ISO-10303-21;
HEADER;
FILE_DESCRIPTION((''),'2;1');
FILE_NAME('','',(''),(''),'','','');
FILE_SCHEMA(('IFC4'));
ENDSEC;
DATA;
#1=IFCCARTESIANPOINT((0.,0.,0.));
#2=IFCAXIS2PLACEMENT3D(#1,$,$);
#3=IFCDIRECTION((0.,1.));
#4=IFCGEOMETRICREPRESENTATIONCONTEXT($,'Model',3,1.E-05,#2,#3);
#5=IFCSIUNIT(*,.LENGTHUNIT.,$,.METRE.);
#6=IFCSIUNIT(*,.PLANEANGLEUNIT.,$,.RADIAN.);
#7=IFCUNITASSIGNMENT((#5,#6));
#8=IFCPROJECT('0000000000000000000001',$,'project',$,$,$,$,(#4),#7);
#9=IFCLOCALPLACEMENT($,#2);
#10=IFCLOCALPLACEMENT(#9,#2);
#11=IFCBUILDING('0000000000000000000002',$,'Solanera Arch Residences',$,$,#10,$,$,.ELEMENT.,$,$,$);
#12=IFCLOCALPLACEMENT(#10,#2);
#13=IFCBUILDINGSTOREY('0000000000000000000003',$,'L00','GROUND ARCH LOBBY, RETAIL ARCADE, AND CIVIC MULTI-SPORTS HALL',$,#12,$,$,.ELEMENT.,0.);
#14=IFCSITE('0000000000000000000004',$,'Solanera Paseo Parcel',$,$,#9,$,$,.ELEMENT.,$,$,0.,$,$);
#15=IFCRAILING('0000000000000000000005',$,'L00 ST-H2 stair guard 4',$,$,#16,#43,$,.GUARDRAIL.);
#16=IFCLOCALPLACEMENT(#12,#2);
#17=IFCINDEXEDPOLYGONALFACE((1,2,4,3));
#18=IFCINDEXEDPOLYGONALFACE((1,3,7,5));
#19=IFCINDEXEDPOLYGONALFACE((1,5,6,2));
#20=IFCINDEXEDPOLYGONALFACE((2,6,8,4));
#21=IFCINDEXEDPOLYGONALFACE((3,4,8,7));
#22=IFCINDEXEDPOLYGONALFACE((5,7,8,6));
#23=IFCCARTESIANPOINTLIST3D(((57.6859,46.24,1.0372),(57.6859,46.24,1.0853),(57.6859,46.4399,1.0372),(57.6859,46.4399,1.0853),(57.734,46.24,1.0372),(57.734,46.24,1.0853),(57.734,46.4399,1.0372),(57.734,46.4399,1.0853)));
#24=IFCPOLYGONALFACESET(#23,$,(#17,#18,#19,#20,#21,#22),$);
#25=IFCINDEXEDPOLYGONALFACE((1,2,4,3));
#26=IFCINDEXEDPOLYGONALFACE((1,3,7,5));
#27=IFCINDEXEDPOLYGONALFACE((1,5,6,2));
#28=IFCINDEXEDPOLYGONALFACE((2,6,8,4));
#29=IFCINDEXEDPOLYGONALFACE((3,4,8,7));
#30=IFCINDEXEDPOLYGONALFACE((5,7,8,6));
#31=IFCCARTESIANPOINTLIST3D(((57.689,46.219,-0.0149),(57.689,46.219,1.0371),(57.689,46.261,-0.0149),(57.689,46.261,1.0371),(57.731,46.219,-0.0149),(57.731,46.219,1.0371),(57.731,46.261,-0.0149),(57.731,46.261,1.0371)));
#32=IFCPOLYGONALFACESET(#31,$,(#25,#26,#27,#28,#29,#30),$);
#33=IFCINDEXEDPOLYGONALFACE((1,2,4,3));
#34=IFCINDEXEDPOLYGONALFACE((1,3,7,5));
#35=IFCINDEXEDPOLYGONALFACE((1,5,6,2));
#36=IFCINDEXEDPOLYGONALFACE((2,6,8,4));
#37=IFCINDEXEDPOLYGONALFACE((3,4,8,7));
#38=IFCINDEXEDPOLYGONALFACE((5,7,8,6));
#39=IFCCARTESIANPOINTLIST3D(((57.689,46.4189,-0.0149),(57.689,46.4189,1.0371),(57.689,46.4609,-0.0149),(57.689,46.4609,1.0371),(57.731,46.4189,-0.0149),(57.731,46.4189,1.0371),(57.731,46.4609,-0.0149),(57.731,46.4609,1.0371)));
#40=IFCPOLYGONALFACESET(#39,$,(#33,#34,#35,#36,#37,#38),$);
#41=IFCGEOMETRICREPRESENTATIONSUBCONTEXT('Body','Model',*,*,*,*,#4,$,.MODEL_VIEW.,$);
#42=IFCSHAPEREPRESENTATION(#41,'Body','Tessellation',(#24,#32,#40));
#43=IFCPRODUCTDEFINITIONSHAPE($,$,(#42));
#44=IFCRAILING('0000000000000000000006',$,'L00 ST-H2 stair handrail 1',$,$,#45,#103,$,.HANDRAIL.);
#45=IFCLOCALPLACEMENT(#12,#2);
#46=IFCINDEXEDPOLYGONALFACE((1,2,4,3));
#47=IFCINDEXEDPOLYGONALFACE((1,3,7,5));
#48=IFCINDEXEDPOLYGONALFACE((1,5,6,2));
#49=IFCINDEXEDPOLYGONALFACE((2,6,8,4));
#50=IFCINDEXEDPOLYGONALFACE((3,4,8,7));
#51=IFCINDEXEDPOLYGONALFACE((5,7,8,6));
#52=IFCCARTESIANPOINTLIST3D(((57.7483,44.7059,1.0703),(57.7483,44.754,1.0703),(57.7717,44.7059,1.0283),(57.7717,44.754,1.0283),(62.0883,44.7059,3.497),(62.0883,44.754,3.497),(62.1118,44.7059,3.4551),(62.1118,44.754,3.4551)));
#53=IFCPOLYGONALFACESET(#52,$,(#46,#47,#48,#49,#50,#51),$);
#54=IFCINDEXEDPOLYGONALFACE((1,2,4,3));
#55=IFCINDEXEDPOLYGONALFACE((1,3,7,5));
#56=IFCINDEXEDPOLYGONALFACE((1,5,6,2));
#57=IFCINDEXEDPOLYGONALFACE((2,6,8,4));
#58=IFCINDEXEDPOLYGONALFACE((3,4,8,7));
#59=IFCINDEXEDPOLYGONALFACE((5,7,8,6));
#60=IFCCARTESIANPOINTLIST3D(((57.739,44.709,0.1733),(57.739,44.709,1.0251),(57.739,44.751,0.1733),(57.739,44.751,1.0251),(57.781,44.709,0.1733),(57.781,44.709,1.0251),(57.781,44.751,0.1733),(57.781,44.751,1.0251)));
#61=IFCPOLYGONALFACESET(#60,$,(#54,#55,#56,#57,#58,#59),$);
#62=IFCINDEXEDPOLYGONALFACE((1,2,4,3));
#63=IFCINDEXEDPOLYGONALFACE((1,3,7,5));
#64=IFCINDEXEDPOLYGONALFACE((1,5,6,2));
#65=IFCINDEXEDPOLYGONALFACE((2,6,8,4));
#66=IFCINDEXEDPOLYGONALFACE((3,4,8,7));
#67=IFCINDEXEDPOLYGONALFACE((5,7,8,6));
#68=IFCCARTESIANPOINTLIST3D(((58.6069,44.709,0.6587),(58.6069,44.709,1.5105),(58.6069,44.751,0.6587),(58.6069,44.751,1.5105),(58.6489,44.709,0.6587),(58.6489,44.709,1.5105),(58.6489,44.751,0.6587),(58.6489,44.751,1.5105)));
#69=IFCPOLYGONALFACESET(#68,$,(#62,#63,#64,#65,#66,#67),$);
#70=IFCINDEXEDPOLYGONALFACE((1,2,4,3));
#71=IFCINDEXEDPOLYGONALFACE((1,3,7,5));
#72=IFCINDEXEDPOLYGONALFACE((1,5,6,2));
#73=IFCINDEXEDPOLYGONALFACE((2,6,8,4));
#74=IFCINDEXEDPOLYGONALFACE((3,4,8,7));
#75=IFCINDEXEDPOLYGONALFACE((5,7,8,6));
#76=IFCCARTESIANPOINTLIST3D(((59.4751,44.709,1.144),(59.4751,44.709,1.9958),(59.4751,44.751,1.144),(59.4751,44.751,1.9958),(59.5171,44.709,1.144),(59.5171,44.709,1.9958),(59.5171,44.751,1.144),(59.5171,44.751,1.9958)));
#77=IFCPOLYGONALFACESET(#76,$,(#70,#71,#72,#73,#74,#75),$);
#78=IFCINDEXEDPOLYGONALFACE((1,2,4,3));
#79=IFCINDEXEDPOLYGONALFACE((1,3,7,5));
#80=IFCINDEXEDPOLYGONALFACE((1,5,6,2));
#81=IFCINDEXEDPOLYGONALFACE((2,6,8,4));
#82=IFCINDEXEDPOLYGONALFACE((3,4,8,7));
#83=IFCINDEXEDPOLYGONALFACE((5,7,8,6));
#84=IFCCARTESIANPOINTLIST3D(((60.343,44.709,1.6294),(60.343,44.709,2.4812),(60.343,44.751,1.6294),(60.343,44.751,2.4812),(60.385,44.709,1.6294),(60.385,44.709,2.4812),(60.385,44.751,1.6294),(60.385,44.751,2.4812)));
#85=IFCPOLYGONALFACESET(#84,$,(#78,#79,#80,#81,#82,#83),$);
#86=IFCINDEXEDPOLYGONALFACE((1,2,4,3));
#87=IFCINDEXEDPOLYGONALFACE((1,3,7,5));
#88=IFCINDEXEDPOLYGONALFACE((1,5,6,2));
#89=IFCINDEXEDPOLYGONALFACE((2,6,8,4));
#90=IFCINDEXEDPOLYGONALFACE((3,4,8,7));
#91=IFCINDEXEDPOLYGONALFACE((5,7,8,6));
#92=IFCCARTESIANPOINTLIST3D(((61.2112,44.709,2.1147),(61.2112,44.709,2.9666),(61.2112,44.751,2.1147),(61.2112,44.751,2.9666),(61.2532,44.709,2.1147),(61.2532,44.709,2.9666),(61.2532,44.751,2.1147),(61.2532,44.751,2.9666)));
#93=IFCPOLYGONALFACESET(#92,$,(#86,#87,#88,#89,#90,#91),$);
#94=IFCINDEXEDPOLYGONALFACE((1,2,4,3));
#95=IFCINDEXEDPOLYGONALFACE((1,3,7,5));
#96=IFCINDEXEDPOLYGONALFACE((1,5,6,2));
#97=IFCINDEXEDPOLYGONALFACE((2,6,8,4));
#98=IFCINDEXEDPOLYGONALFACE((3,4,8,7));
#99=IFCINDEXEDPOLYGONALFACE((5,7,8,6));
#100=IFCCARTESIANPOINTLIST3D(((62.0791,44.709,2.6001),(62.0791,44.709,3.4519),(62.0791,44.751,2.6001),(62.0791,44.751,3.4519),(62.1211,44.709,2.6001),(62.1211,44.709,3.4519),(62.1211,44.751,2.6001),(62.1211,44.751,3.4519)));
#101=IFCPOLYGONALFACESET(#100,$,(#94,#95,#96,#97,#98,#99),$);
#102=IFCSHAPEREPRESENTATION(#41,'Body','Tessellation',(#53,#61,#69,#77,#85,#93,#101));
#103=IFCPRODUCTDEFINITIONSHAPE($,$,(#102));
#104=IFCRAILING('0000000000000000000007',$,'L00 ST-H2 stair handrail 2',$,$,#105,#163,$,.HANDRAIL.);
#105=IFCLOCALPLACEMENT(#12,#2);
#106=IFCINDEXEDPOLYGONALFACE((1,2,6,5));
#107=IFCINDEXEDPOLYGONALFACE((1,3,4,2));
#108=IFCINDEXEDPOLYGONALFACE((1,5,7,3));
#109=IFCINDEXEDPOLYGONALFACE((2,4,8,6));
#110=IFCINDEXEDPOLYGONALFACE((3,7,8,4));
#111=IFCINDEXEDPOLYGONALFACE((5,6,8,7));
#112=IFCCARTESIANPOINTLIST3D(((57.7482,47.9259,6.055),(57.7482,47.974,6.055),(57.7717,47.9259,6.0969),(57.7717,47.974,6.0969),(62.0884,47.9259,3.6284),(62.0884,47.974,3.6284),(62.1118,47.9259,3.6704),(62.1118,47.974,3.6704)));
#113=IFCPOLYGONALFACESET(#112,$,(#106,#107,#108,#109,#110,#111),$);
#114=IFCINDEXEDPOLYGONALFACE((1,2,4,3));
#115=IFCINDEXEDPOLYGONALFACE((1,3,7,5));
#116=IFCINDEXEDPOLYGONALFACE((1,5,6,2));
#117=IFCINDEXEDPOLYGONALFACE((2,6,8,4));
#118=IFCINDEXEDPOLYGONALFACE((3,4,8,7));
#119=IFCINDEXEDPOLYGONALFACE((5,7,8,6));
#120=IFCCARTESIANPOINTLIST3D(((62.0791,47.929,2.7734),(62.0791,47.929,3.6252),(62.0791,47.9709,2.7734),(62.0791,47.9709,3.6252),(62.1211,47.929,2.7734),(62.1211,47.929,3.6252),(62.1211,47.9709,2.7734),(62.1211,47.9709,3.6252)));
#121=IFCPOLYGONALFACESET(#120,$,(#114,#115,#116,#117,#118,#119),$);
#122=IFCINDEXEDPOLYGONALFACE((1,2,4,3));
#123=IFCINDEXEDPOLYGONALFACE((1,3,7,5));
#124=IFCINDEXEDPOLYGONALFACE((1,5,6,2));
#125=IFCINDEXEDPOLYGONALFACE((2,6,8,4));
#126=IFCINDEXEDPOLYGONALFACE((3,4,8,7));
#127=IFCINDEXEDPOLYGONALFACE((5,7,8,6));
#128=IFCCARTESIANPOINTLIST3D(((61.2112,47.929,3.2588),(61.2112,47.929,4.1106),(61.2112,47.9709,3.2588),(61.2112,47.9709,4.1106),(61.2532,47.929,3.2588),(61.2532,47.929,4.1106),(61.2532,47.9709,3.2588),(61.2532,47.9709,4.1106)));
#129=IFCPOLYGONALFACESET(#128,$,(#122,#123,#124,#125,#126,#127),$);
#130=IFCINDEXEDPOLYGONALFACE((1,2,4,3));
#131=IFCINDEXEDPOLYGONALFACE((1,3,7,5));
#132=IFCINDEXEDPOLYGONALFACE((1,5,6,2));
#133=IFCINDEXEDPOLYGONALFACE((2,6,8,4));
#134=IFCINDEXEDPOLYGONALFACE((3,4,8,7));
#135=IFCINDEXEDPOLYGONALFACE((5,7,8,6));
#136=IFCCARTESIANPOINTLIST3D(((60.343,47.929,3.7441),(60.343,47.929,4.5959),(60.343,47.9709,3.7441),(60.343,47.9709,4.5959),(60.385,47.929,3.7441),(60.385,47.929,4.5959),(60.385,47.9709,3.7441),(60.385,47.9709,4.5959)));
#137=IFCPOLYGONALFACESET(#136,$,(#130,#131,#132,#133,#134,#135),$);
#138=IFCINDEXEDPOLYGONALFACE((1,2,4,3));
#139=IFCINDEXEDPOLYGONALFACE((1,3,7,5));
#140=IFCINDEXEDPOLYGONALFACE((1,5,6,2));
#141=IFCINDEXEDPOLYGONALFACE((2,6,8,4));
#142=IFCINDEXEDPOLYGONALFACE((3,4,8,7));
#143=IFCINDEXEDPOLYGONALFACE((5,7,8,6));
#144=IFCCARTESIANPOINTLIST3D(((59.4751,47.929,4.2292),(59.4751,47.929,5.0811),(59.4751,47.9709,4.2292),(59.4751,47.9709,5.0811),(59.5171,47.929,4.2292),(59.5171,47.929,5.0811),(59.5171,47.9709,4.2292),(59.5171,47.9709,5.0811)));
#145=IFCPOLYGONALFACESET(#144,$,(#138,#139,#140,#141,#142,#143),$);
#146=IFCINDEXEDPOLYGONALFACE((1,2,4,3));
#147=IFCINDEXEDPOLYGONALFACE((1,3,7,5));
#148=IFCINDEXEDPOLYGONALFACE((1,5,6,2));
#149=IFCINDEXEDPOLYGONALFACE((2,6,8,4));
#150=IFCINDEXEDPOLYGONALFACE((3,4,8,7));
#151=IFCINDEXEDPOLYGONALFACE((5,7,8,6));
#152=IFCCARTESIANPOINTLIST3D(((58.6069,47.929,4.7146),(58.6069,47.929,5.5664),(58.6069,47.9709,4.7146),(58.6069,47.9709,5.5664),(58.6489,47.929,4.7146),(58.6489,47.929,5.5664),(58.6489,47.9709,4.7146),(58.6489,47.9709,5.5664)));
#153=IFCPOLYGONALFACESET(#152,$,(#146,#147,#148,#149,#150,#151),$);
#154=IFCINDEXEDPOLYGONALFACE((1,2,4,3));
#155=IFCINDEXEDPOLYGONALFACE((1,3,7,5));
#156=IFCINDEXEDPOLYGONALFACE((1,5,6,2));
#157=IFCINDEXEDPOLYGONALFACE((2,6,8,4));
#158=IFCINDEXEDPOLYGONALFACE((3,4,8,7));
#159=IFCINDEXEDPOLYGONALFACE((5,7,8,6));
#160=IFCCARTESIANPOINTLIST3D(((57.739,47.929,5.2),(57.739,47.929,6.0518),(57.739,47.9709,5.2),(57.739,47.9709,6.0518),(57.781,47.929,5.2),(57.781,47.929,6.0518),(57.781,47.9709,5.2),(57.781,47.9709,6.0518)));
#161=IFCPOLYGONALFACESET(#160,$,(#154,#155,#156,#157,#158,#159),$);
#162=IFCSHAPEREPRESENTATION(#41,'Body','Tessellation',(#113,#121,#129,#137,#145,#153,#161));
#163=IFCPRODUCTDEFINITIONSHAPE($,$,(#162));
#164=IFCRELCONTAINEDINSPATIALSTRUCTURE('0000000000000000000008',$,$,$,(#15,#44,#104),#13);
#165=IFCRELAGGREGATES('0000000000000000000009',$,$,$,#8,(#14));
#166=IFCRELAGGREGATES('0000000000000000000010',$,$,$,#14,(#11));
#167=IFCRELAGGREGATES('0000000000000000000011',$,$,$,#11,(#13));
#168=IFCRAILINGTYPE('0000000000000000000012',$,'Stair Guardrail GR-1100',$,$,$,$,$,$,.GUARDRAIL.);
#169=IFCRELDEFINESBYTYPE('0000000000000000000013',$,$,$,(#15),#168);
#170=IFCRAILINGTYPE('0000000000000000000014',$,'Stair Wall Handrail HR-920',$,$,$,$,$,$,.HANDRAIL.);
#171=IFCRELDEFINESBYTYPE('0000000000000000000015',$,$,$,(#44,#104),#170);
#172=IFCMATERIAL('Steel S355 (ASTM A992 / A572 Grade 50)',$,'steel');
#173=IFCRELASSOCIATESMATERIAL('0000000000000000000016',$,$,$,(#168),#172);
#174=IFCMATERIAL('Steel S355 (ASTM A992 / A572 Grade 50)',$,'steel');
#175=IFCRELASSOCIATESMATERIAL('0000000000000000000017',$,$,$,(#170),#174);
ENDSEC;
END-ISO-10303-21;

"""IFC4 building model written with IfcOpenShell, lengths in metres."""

from ifc_helpers import new_model, si_unit, direction, frame, origin, origin_2d, place, context, subcontext, project, spatial, rectangle, extrude, material, type_object, element, save


model = new_model("IFC4")

# Units and contexts
model_context = context("Model", 3, precision=1e-05, world=origin(), true_north=direction((0.0, 1.0)))
body_context = subcontext(model_context, "Body", "Model", "MODEL_VIEW")
ifc_project = project(units=[si_unit("LENGTHUNIT", "METRE"), si_unit("PLANEANGLEUNIT", "RADIAN")], contexts=[model_context])

# Site, building, storey
site_placement = place(None, origin())
site = spatial("IfcSite", under=ifc_project, at=site_placement, Name="Solanera Paseo Parcel", CompositionType="ELEMENT", RefElevation=0.0)
building_placement = place(site_placement, origin())
building = spatial("IfcBuilding", under=site, at=building_placement, Name="Solanera Arch Residences", CompositionType="ELEMENT")
storey_placement = place(building_placement, origin())
storey = spatial("IfcBuildingStorey", under=building, at=storey_placement, Name="L00", Description="GROUND ARCH LOBBY, RETAIL ARCADE, AND CIVIC MULTI-SPORTS HALL", CompositionType="ELEMENT", Elevation=0.0)

# Railings
ifc_material_1 = material(Name="Steel S355 (ASTM A992 / A572 Grade 50)", Category="steel")
railing_type_1 = type_object("IfcRailingType", Name="Stair Guardrail GR-1100", PredefinedType="GUARDRAIL", material=ifc_material_1)
railing_1_placement = place(storey_placement, frame((57.71, 46.24, -0.0149)))
element("IfcRailing", 1, at=railing_1_placement, inside=storey, type_object=railing_type_1, Name="L00 ST-H2 stair guard 4", PredefinedType="GUARDRAIL", context=body_context, shape_type="SweptSolid", body=[
    extrude(rectangle(XDim=0.0481, YDim=0.0481, at=origin_2d()), frame((0.0, 0.0, 1.0762), z_axis=(0.0, 1.0, 0.0), x_axis=(-1.0, 0.0, 0.0)), (0.0, 0.0, 1.0), 0.2),
    extrude(rectangle(XDim=0.042, YDim=0.042, at=origin_2d()), origin(), (0.0, 0.0, 1.0), 1.052),
    extrude(rectangle(XDim=0.042, YDim=0.042, at=origin_2d()), frame((0.0, 0.2, 0.0)), (0.0, 0.0, 1.0), 1.052),
])
ifc_material_2 = material(Name="Steel S355 (ASTM A992 / A572 Grade 50)", Category="steel")
railing_type_2 = type_object("IfcRailingType", Name="Stair Wall Handrail HR-920", PredefinedType="HANDRAIL", material=ifc_material_2)
railing_2_placement = place(storey_placement, frame((57.76, 44.73, 0.1733)))
element("IfcRailing", 2, at=railing_2_placement, inside=storey, type_object=railing_type_2, Name="L00 ST-H2 stair handrail 1", PredefinedType="HANDRAIL", context=body_context, shape_type="SweptSolid", body=[
    extrude(rectangle(XDim=0.0481, YDim=0.0481, at=origin_2d()), frame((0.0, 0.0, 0.876), z_axis=(0.872822, 0.0, 0.488038), x_axis=(0.0, 1.0, 0.0)), (0.0, 0.0, 1.0), 4.9724),
    extrude(rectangle(XDim=0.042, YDim=0.042, at=origin_2d()), origin(), (0.0, 0.0, 1.0), 0.8518),
    extrude(rectangle(XDim=0.042, YDim=0.042, at=origin_2d()), frame((0.8679, 0.0, 0.4854)), (0.0, 0.0, 1.0), 0.8518),
    extrude(rectangle(XDim=0.042, YDim=0.042, at=origin_2d()), frame((1.7361, 0.0, 0.9707)), (0.0, 0.0, 1.0), 0.8518),
    extrude(rectangle(XDim=0.042, YDim=0.042, at=origin_2d()), frame((2.604, 0.0, 1.4561)), (0.0, 0.0, 1.0), 0.8518),
    extrude(rectangle(XDim=0.042, YDim=0.042, at=origin_2d()), frame((3.4722, 0.0, 1.9414)), (0.0, 0.0, 1.0), 0.8518),
    extrude(rectangle(XDim=0.042, YDim=0.042, at=origin_2d()), frame((4.3401, 0.0, 2.4268)), (0.0, 0.0, 1.0), 0.8518),
])
railing_3_placement = place(storey_placement, frame((62.1001, 47.95, 2.7734)))
element("IfcRailing", 3, at=railing_3_placement, inside=storey, type_object=railing_type_2, Name="L00 ST-H2 stair handrail 2", PredefinedType="HANDRAIL", context=body_context, shape_type="SweptSolid", body=[
    extrude(rectangle(XDim=0.0481, YDim=0.0481, at=origin_2d()), frame((0.0, 0.0, 0.876), z_axis=(-0.872843, 0.0, 0.488001), x_axis=(0.0, -1.0, 0.0)), (0.0, 0.0, 1.0), 4.9724),
    extrude(rectangle(XDim=0.042, YDim=0.042, at=origin_2d()), origin(), (0.0, 0.0, 1.0), 0.8518),
    extrude(rectangle(XDim=0.042, YDim=0.042, at=origin_2d()), frame((-0.8679, 0.0, 0.4854)), (0.0, 0.0, 1.0), 0.8518),
    extrude(rectangle(XDim=0.042, YDim=0.042, at=origin_2d()), frame((-1.7361, 0.0, 0.9707)), (0.0, 0.0, 1.0), 0.8518),
    extrude(rectangle(XDim=0.042, YDim=0.042, at=origin_2d()), frame((-2.604, 0.0, 1.4558)), (0.0, 0.0, 1.0), 0.8518),
    extrude(rectangle(XDim=0.042, YDim=0.042, at=origin_2d()), frame((-3.4722, 0.0, 1.9412)), (0.0, 0.0, 1.0), 0.8518),
    extrude(rectangle(XDim=0.042, YDim=0.042, at=origin_2d()), frame((-4.3401, 0.0, 2.4265)), (0.0, 0.0, 1.0), 0.8518),
])

save(model, "model.ifc")
